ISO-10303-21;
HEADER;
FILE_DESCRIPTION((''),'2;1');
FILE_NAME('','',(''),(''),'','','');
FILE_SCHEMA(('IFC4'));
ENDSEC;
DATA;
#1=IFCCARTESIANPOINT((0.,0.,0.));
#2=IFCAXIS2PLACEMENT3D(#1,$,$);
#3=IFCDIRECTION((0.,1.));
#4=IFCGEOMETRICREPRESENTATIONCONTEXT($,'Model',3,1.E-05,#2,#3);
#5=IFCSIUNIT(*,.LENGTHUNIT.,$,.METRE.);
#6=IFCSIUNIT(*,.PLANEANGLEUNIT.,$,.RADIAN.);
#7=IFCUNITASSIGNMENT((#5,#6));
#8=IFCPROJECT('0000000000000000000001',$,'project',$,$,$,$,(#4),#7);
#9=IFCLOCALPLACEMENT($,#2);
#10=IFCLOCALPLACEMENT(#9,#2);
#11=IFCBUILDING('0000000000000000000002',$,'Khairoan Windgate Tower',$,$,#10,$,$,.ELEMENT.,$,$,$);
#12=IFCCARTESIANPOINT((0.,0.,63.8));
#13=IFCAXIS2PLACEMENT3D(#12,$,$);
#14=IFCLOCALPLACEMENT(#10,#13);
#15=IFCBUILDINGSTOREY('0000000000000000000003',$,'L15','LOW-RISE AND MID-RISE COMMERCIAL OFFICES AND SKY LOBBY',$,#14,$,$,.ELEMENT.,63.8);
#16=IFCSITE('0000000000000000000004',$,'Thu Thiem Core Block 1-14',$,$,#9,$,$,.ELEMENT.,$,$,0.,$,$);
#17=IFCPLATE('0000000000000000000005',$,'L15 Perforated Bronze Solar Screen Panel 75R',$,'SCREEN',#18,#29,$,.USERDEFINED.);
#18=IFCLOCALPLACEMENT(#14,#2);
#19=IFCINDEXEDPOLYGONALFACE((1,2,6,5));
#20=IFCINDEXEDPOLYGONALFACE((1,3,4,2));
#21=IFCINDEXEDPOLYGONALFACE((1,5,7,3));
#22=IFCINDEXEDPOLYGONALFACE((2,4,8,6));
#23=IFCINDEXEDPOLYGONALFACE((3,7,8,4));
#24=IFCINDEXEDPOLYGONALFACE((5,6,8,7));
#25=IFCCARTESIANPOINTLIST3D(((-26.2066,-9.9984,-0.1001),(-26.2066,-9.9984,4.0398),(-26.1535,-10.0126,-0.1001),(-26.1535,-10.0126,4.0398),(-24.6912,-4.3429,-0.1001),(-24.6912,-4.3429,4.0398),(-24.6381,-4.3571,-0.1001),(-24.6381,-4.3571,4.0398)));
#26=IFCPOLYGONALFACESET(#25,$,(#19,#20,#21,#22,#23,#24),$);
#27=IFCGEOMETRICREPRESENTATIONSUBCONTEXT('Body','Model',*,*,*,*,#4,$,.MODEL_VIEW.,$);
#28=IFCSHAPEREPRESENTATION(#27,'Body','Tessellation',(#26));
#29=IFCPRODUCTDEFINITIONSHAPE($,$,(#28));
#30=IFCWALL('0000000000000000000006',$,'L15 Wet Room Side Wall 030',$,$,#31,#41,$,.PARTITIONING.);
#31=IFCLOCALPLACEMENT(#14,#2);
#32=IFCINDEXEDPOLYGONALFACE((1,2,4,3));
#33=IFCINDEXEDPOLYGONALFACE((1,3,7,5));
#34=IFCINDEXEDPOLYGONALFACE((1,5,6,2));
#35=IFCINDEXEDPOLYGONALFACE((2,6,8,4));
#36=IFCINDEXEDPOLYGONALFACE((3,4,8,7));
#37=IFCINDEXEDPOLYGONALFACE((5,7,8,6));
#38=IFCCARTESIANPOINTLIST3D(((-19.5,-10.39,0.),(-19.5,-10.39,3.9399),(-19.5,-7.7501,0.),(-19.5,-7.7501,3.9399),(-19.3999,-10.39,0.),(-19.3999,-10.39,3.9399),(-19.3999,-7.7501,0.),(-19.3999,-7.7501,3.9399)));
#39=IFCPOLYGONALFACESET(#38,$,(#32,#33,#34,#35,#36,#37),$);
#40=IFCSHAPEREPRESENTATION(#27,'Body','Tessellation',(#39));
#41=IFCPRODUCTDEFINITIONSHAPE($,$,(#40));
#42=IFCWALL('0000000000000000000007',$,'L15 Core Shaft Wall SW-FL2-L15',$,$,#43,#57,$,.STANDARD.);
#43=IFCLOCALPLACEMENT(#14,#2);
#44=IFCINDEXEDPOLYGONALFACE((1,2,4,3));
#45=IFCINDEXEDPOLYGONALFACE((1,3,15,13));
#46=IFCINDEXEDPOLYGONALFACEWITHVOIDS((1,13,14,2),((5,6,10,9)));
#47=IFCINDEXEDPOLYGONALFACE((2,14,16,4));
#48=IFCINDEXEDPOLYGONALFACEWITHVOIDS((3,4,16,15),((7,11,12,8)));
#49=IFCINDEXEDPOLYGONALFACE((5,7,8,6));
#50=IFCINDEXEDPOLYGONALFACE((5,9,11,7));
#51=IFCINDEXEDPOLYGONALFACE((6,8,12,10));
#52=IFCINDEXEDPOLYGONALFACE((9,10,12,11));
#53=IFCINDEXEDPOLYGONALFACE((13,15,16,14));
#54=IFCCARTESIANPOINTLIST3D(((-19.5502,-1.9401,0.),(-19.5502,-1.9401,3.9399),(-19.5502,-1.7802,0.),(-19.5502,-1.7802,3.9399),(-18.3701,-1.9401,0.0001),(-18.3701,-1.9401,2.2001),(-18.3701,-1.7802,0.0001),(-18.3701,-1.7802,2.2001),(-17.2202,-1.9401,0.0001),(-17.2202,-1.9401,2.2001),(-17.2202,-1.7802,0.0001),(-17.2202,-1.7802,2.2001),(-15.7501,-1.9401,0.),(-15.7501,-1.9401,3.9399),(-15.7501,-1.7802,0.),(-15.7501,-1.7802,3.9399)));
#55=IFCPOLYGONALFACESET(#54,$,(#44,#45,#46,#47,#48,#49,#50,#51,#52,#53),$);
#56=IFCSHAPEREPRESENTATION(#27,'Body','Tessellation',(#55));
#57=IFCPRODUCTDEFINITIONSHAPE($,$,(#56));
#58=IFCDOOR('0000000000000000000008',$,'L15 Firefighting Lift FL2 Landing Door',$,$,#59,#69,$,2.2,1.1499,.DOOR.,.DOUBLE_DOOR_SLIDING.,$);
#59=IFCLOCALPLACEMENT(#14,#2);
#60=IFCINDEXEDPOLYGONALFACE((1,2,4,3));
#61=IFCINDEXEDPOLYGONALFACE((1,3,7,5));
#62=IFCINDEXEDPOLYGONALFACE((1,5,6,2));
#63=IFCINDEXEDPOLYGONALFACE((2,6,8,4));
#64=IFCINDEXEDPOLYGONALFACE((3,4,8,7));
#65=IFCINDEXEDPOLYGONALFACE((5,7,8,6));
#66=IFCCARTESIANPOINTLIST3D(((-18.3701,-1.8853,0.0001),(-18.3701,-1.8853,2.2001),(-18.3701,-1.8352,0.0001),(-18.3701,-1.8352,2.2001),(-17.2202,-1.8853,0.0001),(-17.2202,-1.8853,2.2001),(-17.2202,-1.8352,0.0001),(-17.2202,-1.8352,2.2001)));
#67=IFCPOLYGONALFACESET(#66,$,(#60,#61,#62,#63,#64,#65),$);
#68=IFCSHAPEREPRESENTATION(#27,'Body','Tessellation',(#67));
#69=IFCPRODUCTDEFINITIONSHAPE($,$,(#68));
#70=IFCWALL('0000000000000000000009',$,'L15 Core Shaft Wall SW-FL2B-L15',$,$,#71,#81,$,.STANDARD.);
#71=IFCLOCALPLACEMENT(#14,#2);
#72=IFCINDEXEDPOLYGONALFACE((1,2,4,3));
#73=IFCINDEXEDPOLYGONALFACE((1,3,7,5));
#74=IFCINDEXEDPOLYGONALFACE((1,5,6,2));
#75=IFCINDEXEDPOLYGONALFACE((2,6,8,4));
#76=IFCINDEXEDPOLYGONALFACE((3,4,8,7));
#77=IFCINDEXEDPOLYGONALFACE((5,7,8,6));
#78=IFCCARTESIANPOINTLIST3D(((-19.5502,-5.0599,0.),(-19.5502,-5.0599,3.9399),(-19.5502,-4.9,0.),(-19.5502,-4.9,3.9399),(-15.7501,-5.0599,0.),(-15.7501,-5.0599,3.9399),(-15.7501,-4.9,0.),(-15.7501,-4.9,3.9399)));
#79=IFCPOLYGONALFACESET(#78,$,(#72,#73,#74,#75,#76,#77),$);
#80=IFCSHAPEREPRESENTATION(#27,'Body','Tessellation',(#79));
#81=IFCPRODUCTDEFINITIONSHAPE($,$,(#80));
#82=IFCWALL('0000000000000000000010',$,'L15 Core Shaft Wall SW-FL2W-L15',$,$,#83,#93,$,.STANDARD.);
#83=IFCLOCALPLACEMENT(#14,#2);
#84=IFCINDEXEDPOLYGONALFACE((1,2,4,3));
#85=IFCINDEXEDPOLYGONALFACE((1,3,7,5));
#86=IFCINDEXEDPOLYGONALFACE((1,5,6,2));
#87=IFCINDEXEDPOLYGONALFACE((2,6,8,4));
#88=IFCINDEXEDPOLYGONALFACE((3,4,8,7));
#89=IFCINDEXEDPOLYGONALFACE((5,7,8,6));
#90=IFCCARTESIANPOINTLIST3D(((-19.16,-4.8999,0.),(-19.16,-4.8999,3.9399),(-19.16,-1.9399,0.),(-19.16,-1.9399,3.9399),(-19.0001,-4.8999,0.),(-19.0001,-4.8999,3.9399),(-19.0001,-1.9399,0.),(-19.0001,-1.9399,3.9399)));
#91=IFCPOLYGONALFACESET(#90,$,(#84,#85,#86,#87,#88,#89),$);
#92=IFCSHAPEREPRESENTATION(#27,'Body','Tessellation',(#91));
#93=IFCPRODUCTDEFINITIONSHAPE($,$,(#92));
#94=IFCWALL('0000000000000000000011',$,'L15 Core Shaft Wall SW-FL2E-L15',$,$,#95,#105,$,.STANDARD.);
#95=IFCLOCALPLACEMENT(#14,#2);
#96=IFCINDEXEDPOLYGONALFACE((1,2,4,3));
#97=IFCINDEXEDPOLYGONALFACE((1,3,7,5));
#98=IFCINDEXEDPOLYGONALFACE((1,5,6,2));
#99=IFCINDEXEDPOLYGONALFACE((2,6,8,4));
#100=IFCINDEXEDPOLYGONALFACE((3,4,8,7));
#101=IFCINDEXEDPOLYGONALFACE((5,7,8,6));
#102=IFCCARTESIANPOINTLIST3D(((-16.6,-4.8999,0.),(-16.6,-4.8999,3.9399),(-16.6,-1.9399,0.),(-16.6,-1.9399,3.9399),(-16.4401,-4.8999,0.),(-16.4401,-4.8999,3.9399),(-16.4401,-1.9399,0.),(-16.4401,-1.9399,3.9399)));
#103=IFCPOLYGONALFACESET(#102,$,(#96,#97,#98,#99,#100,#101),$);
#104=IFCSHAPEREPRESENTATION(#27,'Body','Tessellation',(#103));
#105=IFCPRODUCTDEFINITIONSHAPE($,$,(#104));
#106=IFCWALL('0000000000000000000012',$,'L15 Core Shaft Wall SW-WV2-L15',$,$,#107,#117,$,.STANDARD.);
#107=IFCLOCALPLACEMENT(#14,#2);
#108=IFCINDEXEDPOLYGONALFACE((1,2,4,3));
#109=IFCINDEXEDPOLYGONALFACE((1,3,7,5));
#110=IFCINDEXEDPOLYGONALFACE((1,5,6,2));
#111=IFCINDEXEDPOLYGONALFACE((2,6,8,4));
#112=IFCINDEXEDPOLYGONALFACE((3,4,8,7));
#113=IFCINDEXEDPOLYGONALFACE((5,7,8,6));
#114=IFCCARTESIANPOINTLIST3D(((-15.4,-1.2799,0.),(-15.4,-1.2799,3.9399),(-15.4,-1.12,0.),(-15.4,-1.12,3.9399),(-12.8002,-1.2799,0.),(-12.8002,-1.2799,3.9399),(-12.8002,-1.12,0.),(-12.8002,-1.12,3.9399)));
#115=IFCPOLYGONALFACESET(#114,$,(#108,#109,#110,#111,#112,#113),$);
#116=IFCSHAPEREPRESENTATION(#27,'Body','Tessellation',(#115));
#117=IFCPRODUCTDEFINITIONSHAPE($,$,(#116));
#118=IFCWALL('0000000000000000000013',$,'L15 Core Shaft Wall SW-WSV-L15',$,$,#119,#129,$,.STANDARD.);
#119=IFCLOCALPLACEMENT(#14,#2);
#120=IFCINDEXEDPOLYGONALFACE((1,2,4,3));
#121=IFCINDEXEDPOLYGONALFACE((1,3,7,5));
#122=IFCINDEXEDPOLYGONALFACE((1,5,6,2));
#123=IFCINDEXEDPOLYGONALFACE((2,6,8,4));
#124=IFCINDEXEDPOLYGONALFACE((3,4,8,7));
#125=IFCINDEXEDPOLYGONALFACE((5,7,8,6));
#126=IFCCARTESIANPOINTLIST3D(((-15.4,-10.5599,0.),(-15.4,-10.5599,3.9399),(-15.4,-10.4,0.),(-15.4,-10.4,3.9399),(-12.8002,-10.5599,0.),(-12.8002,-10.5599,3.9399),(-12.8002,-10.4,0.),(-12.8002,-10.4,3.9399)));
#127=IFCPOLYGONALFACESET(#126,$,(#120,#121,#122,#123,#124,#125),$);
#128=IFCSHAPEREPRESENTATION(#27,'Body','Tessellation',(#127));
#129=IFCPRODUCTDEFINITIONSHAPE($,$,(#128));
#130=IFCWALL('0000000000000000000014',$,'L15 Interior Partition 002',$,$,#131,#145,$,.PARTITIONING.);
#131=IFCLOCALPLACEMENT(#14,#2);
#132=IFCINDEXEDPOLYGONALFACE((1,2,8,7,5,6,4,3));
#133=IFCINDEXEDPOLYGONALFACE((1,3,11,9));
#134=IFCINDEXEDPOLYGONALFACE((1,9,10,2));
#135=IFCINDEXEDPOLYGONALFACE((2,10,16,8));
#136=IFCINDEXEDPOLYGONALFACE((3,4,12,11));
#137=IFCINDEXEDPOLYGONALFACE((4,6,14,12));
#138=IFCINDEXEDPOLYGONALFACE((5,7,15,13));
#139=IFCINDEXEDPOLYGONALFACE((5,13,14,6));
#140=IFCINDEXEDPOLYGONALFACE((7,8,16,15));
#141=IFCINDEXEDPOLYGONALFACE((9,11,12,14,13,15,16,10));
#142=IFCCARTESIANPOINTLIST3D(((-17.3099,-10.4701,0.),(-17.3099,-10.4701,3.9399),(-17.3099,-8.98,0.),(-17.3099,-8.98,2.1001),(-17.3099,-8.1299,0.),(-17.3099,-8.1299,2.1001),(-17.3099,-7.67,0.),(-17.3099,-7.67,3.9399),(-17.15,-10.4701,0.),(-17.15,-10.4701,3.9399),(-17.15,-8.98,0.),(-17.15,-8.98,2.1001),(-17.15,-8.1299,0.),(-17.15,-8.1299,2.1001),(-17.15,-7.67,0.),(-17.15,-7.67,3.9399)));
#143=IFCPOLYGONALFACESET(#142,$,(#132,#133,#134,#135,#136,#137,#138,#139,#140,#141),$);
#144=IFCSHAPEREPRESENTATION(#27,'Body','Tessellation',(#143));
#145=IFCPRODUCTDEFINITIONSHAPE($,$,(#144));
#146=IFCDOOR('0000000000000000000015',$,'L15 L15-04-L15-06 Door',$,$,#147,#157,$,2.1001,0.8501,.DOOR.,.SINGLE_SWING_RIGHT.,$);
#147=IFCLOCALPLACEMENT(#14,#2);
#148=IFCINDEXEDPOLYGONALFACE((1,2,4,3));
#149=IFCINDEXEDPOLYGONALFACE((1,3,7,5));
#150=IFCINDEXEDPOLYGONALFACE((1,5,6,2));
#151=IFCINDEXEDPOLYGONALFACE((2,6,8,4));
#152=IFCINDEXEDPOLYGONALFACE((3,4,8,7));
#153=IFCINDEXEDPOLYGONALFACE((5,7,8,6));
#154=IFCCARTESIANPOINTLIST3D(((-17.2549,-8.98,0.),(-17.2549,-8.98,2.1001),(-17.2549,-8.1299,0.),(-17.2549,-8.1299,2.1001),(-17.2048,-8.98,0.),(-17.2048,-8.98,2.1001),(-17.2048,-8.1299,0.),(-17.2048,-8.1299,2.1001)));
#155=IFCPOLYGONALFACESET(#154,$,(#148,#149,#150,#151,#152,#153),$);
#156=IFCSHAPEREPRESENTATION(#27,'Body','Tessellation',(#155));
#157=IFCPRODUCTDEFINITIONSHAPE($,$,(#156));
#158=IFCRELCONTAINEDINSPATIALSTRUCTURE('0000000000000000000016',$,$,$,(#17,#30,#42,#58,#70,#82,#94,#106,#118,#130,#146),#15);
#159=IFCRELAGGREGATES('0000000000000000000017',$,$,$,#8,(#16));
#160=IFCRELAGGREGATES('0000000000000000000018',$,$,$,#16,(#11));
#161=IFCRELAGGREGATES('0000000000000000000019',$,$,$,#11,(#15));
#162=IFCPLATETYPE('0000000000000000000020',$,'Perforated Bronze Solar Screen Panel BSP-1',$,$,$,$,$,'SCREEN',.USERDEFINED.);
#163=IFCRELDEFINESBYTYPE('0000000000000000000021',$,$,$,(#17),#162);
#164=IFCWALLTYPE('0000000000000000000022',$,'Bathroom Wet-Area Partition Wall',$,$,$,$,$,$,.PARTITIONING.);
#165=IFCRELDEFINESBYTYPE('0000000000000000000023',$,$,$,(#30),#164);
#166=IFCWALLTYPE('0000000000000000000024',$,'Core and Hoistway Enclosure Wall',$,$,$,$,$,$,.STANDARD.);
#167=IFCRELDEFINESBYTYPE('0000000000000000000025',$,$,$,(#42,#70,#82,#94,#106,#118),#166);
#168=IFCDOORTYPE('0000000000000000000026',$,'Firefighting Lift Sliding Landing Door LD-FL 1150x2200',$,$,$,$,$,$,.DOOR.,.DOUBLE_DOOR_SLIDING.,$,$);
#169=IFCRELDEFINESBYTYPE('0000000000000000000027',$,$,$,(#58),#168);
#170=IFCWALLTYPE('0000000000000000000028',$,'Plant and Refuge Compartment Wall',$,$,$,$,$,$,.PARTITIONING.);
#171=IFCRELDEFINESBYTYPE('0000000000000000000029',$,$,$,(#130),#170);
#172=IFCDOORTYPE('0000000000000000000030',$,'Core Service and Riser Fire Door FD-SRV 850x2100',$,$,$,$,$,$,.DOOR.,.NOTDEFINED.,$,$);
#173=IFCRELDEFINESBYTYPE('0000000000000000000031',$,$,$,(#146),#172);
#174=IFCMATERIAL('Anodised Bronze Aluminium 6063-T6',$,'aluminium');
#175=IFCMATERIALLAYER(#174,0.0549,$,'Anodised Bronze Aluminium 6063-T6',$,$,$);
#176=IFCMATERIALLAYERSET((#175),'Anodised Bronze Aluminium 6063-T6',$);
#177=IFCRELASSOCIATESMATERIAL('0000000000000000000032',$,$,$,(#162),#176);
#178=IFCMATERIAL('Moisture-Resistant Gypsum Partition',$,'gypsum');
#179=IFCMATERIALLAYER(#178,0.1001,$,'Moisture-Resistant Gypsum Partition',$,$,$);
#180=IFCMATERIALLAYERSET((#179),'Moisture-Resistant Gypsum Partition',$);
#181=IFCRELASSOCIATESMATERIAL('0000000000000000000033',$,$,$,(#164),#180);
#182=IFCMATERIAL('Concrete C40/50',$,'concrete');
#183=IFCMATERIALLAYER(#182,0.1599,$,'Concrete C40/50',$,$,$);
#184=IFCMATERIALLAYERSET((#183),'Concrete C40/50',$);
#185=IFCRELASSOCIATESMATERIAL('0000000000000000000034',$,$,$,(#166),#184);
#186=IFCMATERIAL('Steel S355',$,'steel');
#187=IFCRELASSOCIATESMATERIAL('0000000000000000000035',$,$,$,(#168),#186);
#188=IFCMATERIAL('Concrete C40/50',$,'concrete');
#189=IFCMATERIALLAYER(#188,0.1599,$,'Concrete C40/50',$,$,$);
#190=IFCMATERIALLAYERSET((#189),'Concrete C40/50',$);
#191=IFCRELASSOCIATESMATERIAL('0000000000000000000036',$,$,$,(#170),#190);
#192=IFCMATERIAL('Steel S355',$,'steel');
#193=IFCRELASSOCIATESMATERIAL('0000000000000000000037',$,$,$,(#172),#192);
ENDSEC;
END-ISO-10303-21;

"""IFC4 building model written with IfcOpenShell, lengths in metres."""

from ifc_helpers import new_model, si_unit, direction, frame, frame_2d, origin, origin_2d, place, context, subcontext, project, spatial, rectangle, extrude, material, layer, layer_set, type_object, element, fill, save


model = new_model("IFC4")

# Units and contexts
model_context = context("Model", 3, precision=1e-05, world=origin(), true_north=direction((0.0, 1.0)))
body_context = subcontext(model_context, "Body", "Model", "MODEL_VIEW")
ifc_project = project(units=[si_unit("LENGTHUNIT", "METRE"), si_unit("PLANEANGLEUNIT", "RADIAN")], contexts=[model_context])

# Site, building, storey
site_placement = place(None, origin())
site = spatial("IfcSite", under=ifc_project, at=site_placement, Name="Thu Thiem Core Block 1-14", CompositionType="ELEMENT", RefElevation=0.0)
building_placement = place(site_placement, origin())
building = spatial("IfcBuilding", under=site, at=building_placement, Name="Khairoan Windgate Tower", CompositionType="ELEMENT")
storey_placement = place(building_placement, frame((0.0, 0.0, 63.8)))
storey = spatial("IfcBuildingStorey", under=building, at=storey_placement, Name="L15", Description="LOW-RISE AND MID-RISE COMMERCIAL OFFICES AND SKY LOBBY", CompositionType="ELEMENT", Elevation=63.8)

# Plate
ifc_material_1 = material(Name="Anodised Bronze Aluminium 6063-T6", Category="aluminium")
ifc_layer_1 = layer(ifc_material_1, 0.0549, Name="Anodised Bronze Aluminium 6063-T6")
ifc_layer_set_1 = layer_set([ifc_layer_1], Name="Anodised Bronze Aluminium 6063-T6")
plate_type_1 = type_object("IfcPlateType", Name="Perforated Bronze Solar Screen Panel BSP-1", ElementType="SCREEN", PredefinedType="USERDEFINED", material=ifc_layer_set_1)
plate_placement = place(storey_placement, frame((-25.4224, -7.1777, -0.1001), z_axis=(0.0, 0.0, 1.0), x_axis=(0.258819, 0.965926, 0.0)))
element("IfcPlate", 1, at=plate_placement, inside=storey, type_object=plate_type_1, Name="L15 Perforated Bronze Solar Screen Panel 75R", ObjectType="SCREEN", PredefinedType="USERDEFINED", context=body_context, shape_type="SweptSolid", body=[
    extrude(rectangle(XDim=5.855, YDim=0.0549, at=origin_2d()), origin(), (0.0, 0.0, 1.0), 4.1399),
])

# Wall
ifc_material_2 = material(Name="Moisture-Resistant Gypsum Partition", Category="gypsum")
ifc_layer_2 = layer(ifc_material_2, 0.1001, Name="Moisture-Resistant Gypsum Partition")
ifc_layer_set_2 = layer_set([ifc_layer_2], Name="Moisture-Resistant Gypsum Partition")
wall_type_1 = type_object("IfcWallType", Name="Bathroom Wet-Area Partition Wall", PredefinedType="PARTITIONING", material=ifc_layer_set_2)
wall_1_placement = place(storey_placement, frame((-19.45, -10.3899, 0.0), z_axis=(0.0, 0.0, 1.0), x_axis=(0.0, 1.0, 0.0)))
element("IfcWall", 2, at=wall_1_placement, inside=storey, type_object=wall_type_1, Name="L15 Wet Room Side Wall 030", PredefinedType="PARTITIONING", context=body_context, shape_type="SweptSolid", body=[
    extrude(rectangle(XDim=2.6399, YDim=0.1001, at=frame_2d((1.3198, 0.0))), origin(), (0.0, 0.0, 1.0), 3.9399),
])

# Wall, opening, door
ifc_material_3 = material(Name="Concrete C40/50", Category="concrete")
ifc_layer_3 = layer(ifc_material_3, 0.1599, Name="Concrete C40/50")
ifc_layer_set_3 = layer_set([ifc_layer_3], Name="Concrete C40/50")
wall_type_2 = type_object("IfcWallType", Name="Core and Hoistway Enclosure Wall", PredefinedType="STANDARD", material=ifc_layer_set_3)
wall_2_placement = place(storey_placement, frame((-19.55, -1.8601, 0.0), z_axis=(0.0, 0.0, 1.0), x_axis=(1.0, 0.0, 0.0)))
wall_2 = element("IfcWall", 3, at=wall_2_placement, inside=storey, type_object=wall_type_2, Name="L15 Core Shaft Wall SW-FL2-L15", PredefinedType="STANDARD", context=body_context, shape_type="SweptSolid", body=[
    extrude(rectangle(XDim=3.8, YDim=0.1599, at=frame_2d((1.8999, 0.0))), origin(), (0.0, 0.0, 1.0), 3.9399),
])
opening_1_placement = place(wall_2_placement, frame((1.1799, 0.0, 0.0)))
opening_1 = element("IfcOpeningElement", 4, at=opening_1_placement, cuts=wall_2, PredefinedType="OPENING", context=body_context, shape_type="SweptSolid", body=[
    extrude(rectangle(XDim=1.1499, YDim=2.2, at=frame_2d((0.575, 1.1001))), frame((0.0, 0.0898, 0.0), z_axis=(0.0, -1.0, 0.0), x_axis=(1.0, 0.0, 0.0)), (0.0, 0.0, 1.0), 0.1799),
])
ifc_material_4 = material(Name="Steel S355", Category="steel")
door_type_1 = type_object("IfcDoorType", Name="Firefighting Lift Sliding Landing Door LD-FL 1150x2200", OperationType="DOUBLE_DOOR_SLIDING", PredefinedType="DOOR", material=ifc_material_4)
door_1_placement = place(opening_1_placement, origin())
door_1 = element("IfcDoor", 5, at=door_1_placement, inside=storey, type_object=door_type_1, Name="L15 Firefighting Lift FL2 Landing Door", OperationType="DOUBLE_DOOR_SLIDING", OverallHeight=2.2, OverallWidth=1.1499, PredefinedType="DOOR", context=body_context, shape_type="SweptSolid", body=[
    extrude(rectangle(XDim=1.1499, YDim=2.2, at=frame_2d((0.575, 1.1001))), frame((0.0, 0.0249, 0.0), z_axis=(0.0, -1.0, 0.0), x_axis=(1.0, 0.0, 0.0)), (0.0, 0.0, 1.0), 0.05),
])
fill(opening_1, door_1)

# Walls
wall_3_placement = place(storey_placement, frame((-19.55, -4.98, 0.0), z_axis=(0.0, 0.0, 1.0), x_axis=(1.0, 0.0, 0.0)))
element("IfcWall", 6, at=wall_3_placement, inside=storey, type_object=wall_type_2, Name="L15 Core Shaft Wall SW-FL2B-L15", PredefinedType="STANDARD", context=body_context, shape_type="SweptSolid", body=[
    extrude(rectangle(XDim=3.8, YDim=0.1599, at=frame_2d((1.8999, 0.0))), origin(), (0.0, 0.0, 1.0), 3.9399),
])
for number, where, z_axis, x_axis, name in (
    (7, (-19.0801, -4.8999, 0.0), (0.0, 0.0, 1.0), (0.0, 1.0, 0.0), "L15 Core Shaft Wall SW-FL2W-L15"),
    (8, (-16.52, -4.8999, 0.0), (0.0, 0.0, 1.0), (0.0, 1.0, 0.0), "L15 Core Shaft Wall SW-FL2E-L15"),
):
    element("IfcWall", number, at=place(storey_placement, frame(where, z_axis=z_axis, x_axis=x_axis)), inside=storey, type_object=wall_type_2, Name=name, PredefinedType="STANDARD", context=body_context, shape_type="SweptSolid", body=[
        extrude(rectangle(XDim=2.96, YDim=0.1599, at=frame_2d((1.48, 0.0))), origin(), (0.0, 0.0, 1.0), 3.9399),
    ])
for number, where, z_axis, x_axis, name in (
    (9, (-15.3999, -1.2, 0.0), (0.0, 0.0, 1.0), (1.0, 0.0, 0.0), "L15 Core Shaft Wall SW-WV2-L15"),
    (10, (-15.3999, -10.48, 0.0), (0.0, 0.0, 1.0), (1.0, 0.0, 0.0), "L15 Core Shaft Wall SW-WSV-L15"),
):
    element("IfcWall", number, at=place(storey_placement, frame(where, z_axis=z_axis, x_axis=x_axis)), inside=storey, type_object=wall_type_2, Name=name, PredefinedType="STANDARD", context=body_context, shape_type="SweptSolid", body=[
        extrude(rectangle(XDim=2.5999, YDim=0.1599, at=frame_2d((1.2998, 0.0))), origin(), (0.0, 0.0, 1.0), 3.9399),
    ])

# Wall, opening, door
ifc_material_5 = material(Name="Concrete C40/50", Category="concrete")
ifc_layer_4 = layer(ifc_material_5, 0.1599, Name="Concrete C40/50")
ifc_layer_set_4 = layer_set([ifc_layer_4], Name="Concrete C40/50")
wall_type_3 = type_object("IfcWallType", Name="Plant and Refuge Compartment Wall", PredefinedType="PARTITIONING", material=ifc_layer_set_4)
wall_4_placement = place(storey_placement, frame((-17.23, -10.47, 0.0), z_axis=(0.0, 0.0, 1.0), x_axis=(0.0, 1.0, 0.0)))
wall_4 = element("IfcWall", 11, at=wall_4_placement, inside=storey, type_object=wall_type_3, Name="L15 Interior Partition 002", PredefinedType="PARTITIONING", context=body_context, shape_type="SweptSolid", body=[
    extrude(rectangle(XDim=2.8, YDim=0.1599, at=frame_2d((1.3999, 0.0))), origin(), (0.0, 0.0, 1.0), 3.9399),
])
opening_2_placement = place(wall_4_placement, frame((1.49, 0.0, 0.0)))
opening_2 = element("IfcOpeningElement", 12, at=opening_2_placement, cuts=wall_4, PredefinedType="OPENING", context=body_context, shape_type="SweptSolid", body=[
    extrude(rectangle(XDim=0.8501, YDim=2.1001, at=frame_2d((0.425, 1.05))), frame((0.0, 0.0898, 0.0), z_axis=(0.0, -1.0, 0.0), x_axis=(1.0, 0.0, 0.0)), (0.0, 0.0, 1.0), 0.1799),
])
ifc_material_6 = material(Name="Steel S355", Category="steel")
door_type_2 = type_object("IfcDoorType", Name="Core Service and Riser Fire Door FD-SRV 850x2100", OperationType="NOTDEFINED", PredefinedType="DOOR", material=ifc_material_6)
door_2_placement = place(opening_2_placement, origin())
door_2 = element("IfcDoor", 13, at=door_2_placement, inside=storey, type_object=door_type_2, Name="L15 L15-04-L15-06 Door", OperationType="SINGLE_SWING_RIGHT", OverallHeight=2.1001, OverallWidth=0.8501, PredefinedType="DOOR", context=body_context, shape_type="SweptSolid", body=[
    extrude(rectangle(XDim=0.8501, YDim=2.1001, at=frame_2d((0.425, 1.05))), frame((0.0, 0.0249, 0.0), z_axis=(0.0, -1.0, 0.0), x_axis=(1.0, 0.0, 0.0)), (0.0, 0.0, 1.0), 0.05),
])
fill(opening_2, door_2)

save(model, "model.ifc")
